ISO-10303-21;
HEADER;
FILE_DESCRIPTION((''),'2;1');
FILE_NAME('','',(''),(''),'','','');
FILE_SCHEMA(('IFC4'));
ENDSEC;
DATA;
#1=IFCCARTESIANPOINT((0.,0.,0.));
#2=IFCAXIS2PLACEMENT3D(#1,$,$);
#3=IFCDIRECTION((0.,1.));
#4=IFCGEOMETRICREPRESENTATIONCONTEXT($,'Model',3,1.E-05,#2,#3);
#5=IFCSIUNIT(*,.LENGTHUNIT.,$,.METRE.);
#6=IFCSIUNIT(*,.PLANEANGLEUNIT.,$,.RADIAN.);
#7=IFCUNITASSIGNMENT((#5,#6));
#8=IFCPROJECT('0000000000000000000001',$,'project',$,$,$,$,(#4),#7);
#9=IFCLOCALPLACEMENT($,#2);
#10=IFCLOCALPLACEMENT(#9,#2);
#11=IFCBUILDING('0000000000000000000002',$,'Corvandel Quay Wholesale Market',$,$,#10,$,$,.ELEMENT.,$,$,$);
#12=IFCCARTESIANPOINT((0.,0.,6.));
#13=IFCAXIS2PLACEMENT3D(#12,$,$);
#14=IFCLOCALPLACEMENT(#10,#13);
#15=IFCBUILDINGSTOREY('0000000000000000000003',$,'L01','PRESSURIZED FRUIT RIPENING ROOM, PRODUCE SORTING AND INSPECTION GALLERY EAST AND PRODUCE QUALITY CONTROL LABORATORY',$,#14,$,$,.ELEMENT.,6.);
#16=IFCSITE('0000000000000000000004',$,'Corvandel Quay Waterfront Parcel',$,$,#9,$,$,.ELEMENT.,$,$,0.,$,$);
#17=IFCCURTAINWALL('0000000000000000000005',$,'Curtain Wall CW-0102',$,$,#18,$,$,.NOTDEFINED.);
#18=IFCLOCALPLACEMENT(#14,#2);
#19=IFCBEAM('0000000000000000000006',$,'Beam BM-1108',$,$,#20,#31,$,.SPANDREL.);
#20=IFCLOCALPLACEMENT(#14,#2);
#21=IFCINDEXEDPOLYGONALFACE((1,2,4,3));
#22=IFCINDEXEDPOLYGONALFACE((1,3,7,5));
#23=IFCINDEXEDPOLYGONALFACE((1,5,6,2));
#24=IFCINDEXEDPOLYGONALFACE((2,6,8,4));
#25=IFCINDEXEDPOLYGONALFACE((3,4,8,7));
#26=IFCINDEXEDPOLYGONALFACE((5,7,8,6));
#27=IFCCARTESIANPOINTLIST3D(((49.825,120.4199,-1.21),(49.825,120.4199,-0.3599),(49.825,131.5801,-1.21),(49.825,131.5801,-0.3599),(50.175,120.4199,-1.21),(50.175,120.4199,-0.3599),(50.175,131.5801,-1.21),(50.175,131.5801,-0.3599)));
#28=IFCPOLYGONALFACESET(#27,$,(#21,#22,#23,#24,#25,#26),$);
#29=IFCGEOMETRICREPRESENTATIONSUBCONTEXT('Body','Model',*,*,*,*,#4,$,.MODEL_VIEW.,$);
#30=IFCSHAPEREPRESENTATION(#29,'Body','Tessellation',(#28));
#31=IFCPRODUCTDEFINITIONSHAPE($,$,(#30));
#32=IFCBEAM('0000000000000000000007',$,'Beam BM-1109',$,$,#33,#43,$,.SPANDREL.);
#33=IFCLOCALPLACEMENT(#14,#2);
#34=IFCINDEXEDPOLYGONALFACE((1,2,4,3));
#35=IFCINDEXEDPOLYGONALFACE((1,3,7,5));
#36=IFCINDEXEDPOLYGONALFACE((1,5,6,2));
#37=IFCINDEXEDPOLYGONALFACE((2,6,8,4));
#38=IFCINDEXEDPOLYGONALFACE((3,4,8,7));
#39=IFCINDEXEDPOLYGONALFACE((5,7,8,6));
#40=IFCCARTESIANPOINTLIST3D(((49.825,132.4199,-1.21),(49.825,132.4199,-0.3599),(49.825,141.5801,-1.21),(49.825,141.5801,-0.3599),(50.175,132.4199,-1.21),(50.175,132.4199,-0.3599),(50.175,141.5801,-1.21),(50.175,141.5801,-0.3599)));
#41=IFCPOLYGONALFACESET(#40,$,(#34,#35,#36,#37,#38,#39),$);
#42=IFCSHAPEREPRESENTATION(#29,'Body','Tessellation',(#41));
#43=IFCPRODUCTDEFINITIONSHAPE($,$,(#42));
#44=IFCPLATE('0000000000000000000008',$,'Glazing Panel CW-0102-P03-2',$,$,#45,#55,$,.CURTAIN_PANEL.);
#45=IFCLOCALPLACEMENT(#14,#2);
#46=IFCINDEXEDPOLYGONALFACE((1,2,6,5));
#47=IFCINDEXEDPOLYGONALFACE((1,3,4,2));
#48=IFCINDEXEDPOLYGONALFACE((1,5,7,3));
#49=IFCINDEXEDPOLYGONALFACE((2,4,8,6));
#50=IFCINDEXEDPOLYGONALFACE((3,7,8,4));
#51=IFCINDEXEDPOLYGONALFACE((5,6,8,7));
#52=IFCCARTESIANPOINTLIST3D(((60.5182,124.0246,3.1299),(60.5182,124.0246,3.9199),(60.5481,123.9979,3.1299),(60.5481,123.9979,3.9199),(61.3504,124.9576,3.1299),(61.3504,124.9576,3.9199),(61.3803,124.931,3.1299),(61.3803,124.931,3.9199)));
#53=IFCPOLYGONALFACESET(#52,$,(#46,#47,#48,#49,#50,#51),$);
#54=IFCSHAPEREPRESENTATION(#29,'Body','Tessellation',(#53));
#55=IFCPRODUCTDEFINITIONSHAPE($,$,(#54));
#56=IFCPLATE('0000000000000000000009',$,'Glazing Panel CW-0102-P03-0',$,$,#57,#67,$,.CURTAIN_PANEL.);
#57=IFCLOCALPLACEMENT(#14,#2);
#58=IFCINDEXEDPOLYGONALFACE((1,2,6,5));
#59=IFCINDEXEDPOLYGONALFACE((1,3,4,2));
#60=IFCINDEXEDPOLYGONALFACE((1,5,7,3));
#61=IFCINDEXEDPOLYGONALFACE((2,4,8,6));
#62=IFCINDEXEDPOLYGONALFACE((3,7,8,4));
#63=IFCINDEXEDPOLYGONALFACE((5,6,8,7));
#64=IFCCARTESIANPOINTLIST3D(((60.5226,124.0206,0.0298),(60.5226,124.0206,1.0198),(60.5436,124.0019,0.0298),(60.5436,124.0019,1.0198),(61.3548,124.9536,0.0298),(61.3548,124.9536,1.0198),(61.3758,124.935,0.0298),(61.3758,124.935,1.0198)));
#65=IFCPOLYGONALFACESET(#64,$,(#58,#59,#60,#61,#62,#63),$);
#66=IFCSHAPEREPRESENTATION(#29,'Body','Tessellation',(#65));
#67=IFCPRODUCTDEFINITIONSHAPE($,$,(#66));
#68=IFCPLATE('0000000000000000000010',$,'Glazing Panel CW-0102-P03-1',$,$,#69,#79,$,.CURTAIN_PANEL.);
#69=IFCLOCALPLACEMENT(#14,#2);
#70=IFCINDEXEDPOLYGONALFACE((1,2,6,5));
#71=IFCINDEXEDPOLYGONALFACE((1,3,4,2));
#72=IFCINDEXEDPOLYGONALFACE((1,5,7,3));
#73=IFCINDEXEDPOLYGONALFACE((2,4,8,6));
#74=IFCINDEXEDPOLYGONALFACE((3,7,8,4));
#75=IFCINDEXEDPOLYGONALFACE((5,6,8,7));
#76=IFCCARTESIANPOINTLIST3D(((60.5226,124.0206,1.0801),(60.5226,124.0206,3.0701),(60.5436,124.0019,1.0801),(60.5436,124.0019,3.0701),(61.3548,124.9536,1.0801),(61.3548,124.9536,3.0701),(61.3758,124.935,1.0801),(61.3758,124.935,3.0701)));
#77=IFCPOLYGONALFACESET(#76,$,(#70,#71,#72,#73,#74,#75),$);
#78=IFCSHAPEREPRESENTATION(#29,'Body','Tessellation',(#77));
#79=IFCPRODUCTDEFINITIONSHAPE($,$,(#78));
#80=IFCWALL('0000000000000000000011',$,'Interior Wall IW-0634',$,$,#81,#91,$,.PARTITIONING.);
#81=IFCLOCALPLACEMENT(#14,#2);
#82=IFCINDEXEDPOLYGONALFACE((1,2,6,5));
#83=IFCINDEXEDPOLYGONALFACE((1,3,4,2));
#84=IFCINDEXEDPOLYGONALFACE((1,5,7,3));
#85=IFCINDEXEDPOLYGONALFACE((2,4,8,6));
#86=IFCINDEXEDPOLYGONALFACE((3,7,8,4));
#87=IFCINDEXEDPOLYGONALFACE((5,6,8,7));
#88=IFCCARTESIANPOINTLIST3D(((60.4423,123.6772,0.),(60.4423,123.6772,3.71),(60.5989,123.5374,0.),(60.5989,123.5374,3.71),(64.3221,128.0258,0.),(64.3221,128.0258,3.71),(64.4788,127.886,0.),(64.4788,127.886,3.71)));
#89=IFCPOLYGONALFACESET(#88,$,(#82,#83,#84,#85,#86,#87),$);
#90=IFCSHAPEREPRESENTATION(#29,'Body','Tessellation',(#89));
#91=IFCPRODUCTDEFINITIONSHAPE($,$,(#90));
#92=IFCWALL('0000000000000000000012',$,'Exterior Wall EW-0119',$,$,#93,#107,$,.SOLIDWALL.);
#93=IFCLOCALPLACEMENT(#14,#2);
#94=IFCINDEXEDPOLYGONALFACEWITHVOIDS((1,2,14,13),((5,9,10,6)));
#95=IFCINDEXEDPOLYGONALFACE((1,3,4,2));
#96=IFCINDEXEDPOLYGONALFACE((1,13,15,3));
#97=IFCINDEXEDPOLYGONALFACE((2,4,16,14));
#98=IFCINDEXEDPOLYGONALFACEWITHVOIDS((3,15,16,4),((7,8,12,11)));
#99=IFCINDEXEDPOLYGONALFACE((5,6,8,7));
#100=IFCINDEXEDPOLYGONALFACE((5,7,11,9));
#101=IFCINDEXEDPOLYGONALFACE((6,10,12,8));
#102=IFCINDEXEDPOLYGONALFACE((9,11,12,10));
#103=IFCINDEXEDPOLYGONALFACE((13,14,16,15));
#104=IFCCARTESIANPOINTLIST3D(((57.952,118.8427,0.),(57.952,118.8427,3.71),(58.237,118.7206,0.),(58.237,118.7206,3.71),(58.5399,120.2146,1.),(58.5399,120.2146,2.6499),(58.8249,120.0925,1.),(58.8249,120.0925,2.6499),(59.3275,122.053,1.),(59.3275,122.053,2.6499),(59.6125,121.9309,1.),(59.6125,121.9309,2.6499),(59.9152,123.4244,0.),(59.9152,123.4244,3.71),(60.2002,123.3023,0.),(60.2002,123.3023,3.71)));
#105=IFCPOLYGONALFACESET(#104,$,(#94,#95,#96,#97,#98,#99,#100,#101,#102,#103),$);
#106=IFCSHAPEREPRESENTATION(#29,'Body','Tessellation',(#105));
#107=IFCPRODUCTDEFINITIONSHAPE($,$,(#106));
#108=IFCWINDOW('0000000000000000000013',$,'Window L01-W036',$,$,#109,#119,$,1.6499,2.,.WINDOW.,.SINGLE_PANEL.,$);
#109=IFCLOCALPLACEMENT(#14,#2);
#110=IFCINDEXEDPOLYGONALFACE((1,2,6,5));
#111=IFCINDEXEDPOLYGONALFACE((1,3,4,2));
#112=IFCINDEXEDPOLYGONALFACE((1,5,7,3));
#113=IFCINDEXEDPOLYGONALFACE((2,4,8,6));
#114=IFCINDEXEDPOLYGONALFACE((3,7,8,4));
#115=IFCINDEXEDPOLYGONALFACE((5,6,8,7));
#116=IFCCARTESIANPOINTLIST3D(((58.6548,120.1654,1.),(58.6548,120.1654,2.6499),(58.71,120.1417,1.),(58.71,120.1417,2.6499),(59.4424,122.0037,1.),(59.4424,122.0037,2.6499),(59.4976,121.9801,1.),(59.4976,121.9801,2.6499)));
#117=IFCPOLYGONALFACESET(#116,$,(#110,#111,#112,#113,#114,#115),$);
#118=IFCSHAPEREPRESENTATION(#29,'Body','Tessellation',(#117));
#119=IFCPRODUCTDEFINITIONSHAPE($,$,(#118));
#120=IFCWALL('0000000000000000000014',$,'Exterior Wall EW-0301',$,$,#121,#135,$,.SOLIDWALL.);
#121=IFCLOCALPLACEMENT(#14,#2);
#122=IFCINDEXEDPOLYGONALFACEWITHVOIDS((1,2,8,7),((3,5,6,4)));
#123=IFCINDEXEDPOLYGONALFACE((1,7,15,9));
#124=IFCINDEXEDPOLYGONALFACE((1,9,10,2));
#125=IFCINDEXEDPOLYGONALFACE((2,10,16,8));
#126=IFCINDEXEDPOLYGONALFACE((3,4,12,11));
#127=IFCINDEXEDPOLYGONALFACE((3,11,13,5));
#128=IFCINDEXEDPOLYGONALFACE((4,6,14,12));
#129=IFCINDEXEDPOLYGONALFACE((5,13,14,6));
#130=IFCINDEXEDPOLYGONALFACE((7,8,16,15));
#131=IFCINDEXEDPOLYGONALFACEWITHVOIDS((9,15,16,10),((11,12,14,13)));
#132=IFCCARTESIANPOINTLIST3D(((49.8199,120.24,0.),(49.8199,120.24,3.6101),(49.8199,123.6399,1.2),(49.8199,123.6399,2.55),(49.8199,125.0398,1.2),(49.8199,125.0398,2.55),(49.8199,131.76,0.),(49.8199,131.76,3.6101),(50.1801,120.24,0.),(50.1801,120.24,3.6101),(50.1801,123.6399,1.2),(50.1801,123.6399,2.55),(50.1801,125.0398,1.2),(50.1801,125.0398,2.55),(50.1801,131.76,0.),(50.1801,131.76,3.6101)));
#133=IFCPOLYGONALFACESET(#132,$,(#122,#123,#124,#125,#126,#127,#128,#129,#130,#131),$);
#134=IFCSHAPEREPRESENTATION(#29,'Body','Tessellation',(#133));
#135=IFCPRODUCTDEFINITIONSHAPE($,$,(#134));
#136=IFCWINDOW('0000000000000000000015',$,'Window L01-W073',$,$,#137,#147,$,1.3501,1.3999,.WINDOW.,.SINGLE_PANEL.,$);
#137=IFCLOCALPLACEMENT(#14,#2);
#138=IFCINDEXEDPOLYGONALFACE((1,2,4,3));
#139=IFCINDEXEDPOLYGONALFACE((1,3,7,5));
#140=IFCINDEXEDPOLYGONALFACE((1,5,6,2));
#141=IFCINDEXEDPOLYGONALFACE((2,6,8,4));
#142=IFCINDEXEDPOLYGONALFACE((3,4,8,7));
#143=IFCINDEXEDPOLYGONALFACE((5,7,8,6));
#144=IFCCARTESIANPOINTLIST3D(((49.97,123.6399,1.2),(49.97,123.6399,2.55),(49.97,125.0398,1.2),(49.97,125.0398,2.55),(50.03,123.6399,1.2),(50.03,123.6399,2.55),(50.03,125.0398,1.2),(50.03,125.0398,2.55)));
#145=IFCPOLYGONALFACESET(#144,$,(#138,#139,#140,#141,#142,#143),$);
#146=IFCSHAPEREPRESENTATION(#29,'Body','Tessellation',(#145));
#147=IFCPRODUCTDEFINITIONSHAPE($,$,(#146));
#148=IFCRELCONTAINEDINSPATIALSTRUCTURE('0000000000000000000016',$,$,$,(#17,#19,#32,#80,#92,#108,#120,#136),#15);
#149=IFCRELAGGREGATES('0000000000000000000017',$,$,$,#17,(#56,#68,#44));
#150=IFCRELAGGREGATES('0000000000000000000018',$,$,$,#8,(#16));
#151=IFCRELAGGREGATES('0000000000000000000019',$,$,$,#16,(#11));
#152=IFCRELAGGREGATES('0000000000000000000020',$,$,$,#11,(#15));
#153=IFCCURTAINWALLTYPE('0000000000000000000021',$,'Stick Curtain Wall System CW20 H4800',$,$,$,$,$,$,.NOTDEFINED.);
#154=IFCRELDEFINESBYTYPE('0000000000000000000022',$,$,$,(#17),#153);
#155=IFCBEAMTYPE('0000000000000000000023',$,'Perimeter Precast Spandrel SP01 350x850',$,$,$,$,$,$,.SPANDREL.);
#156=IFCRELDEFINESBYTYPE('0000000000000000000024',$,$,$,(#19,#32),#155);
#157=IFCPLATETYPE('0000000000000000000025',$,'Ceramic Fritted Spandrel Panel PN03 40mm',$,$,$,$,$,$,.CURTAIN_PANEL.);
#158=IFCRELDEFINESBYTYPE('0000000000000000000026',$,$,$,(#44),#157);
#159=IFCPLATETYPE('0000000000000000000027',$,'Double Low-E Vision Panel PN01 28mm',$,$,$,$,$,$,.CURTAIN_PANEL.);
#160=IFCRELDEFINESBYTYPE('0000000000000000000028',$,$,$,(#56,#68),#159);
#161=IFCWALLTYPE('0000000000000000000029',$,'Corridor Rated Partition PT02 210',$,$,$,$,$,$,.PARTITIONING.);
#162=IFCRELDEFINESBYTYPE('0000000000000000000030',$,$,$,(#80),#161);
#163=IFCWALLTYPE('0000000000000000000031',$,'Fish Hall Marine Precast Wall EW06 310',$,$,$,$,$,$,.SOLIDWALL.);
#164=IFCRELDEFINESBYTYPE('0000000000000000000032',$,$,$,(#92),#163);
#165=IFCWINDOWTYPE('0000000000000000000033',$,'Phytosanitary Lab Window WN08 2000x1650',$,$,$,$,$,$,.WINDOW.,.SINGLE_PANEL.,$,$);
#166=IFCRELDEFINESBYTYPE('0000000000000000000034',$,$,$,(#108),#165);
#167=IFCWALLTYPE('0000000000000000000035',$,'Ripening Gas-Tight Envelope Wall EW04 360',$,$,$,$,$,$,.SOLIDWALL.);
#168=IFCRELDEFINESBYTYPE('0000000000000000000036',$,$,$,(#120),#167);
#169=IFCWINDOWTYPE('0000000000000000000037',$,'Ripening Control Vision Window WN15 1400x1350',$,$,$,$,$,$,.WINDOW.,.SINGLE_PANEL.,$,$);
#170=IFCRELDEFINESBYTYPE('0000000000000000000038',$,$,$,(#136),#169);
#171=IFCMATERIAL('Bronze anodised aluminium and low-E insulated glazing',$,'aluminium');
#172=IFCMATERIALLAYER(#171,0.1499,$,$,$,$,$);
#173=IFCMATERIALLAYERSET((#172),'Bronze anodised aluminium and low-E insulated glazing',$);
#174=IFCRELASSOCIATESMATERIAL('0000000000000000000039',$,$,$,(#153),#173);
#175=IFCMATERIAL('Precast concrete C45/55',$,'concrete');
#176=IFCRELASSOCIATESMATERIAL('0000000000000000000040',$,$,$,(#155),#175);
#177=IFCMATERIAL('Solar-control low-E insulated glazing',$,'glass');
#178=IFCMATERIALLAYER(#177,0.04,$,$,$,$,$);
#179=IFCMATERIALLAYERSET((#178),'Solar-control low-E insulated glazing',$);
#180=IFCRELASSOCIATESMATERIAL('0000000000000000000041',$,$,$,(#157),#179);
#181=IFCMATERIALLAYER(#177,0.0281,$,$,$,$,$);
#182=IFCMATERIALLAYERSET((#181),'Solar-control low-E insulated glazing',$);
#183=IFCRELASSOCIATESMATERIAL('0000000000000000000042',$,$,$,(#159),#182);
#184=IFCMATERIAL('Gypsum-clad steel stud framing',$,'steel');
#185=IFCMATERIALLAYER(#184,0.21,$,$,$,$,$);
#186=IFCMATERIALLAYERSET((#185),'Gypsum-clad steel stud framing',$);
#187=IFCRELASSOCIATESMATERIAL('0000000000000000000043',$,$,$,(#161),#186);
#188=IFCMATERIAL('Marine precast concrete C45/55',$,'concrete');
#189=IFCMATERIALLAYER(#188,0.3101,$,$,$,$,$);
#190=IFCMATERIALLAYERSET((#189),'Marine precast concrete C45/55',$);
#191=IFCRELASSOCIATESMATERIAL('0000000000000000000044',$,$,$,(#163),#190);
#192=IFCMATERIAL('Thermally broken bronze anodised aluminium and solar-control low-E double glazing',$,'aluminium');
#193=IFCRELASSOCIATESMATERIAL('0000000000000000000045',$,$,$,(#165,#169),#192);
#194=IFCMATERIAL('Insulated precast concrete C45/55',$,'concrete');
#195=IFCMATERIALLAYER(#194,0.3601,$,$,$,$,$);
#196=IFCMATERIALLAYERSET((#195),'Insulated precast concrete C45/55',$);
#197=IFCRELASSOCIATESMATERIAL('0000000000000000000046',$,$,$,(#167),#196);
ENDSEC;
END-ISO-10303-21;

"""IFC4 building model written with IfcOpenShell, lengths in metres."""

from ifc_helpers import new_model, si_unit, direction, frame, frame_2d, origin, origin_2d, place, context, subcontext, project, spatial, rectangle, extrude, material, layer, layer_set, material_profile, profile_set, type_object, element, fill, aggregate, save


model = new_model("IFC4")

# Units and contexts
model_context = context("Model", 3, precision=1e-05, world=origin(), true_north=direction((0.0, 1.0)))
body_context = subcontext(model_context, "Body", "Model", "MODEL_VIEW")
ifc_project = project(units=[si_unit("LENGTHUNIT", "METRE"), si_unit("PLANEANGLEUNIT", "RADIAN")], contexts=[model_context])

# Site, building, storey
site_placement = place(None, origin())
site = spatial("IfcSite", under=ifc_project, at=site_placement, Name="Corvandel Quay Waterfront Parcel", CompositionType="ELEMENT", RefElevation=0.0)
building_placement = place(site_placement, origin())
building = spatial("IfcBuilding", under=site, at=building_placement, Name="Corvandel Quay Wholesale Market", CompositionType="ELEMENT")
storey_placement = place(building_placement, frame((0.0, 0.0, 6.0)))
storey = spatial("IfcBuildingStorey", under=building, at=storey_placement, Name="L01", Description="PRESSURIZED FRUIT RIPENING ROOM, PRODUCE SORTING AND INSPECTION GALLERY EAST AND PRODUCE QUALITY CONTROL LABORATORY", CompositionType="ELEMENT", Elevation=6.0)

# Shared definitions
ifc_material_1 = material(Name="Precast concrete C45/55", Category="concrete")

# Curtain wall
ifc_material_2 = material(Name="Bronze anodised aluminium and low-E insulated glazing", Category="aluminium")
ifc_layer_1 = layer(ifc_material_2, 0.1499)
ifc_layer_set_1 = layer_set([ifc_layer_1], Name="Bronze anodised aluminium and low-E insulated glazing")
curtain_wall_type = type_object("IfcCurtainWallType", Name="Stick Curtain Wall System CW20 H4800", PredefinedType="NOTDEFINED", material=ifc_layer_set_1)
curtain_wall_placement = place(storey_placement, origin())
curtain_wall = element("IfcCurtainWall", 1, at=curtain_wall_placement, inside=storey, type_object=curtain_wall_type, Name="Curtain Wall CW-0102", PredefinedType="NOTDEFINED")

# Beams
ifc_material_profile_1 = material_profile(ifc_material_1, rectangle(XDim=0.3501, YDim=0.8501, at=origin_2d()), Name="PC-SPN-350x850")
ifc_profile_set_1 = profile_set([ifc_material_profile_1], Name="Precast concrete C45/55")
beam_type_1 = type_object("IfcBeamType", Name="Perimeter Precast Spandrel SP01 350x850", PredefinedType="SPANDREL", material=ifc_profile_set_1)
beam_1_placement = place(storey_placement, frame((50.0, 120.4199, -0.7849), z_axis=(0.0, 1.0, 0.0), x_axis=(-1.0, 0.0, 0.0)))
element("IfcBeam", 2, at=beam_1_placement, inside=storey, type_object=beam_type_1, Name="Beam BM-1108", PredefinedType="SPANDREL", context=body_context, shape_type="SweptSolid", body=[
    extrude(rectangle(XDim=0.3501, YDim=0.8501, at=origin_2d()), origin(), (0.0, 0.0, 1.0), 11.1602),
])
beam_2_placement = place(storey_placement, frame((50.0, 132.4199, -0.7849), z_axis=(0.0, 1.0, 0.0), x_axis=(-1.0, 0.0, 0.0)))
element("IfcBeam", 3, at=beam_2_placement, inside=storey, type_object=beam_type_1, Name="Beam BM-1109", PredefinedType="SPANDREL", context=body_context, shape_type="SweptSolid", body=[
    extrude(rectangle(XDim=0.3501, YDim=0.8501, at=origin_2d()), origin(), (0.0, 0.0, 1.0), 9.1602),
])

# Plates
ifc_material_3 = material(Name="Solar-control low-E insulated glazing", Category="glass")
ifc_layer_2 = layer(ifc_material_3, 0.04)
ifc_layer_set_2 = layer_set([ifc_layer_2], Name="Solar-control low-E insulated glazing")
plate_type_1 = type_object("IfcPlateType", Name="Ceramic Fritted Spandrel Panel PN03 40mm", PredefinedType="CURTAIN_PANEL", material=ifc_layer_set_2)
plate_1_placement = place(storey_placement, frame((60.9492, 124.4778, 3.1299), z_axis=(0.0, 0.0, 1.0), x_axis=(0.665621, 0.74629, 0.0)))
plate_1 = element("IfcPlate", 4, at=plate_1_placement, type_object=plate_type_1, Name="Glazing Panel CW-0102-P03-2", PredefinedType="CURTAIN_PANEL", context=body_context, shape_type="SweptSolid", body=[
    extrude(rectangle(XDim=1.2502, YDim=0.04, at=origin_2d()), origin(), (0.0, 0.0, 1.0), 0.79),
])
ifc_layer_3 = layer(ifc_material_3, 0.0281)
ifc_layer_set_3 = layer_set([ifc_layer_3], Name="Solar-control low-E insulated glazing")
plate_type_2 = type_object("IfcPlateType", Name="Double Low-E Vision Panel PN01 28mm", PredefinedType="CURTAIN_PANEL", material=ifc_layer_set_3)
plate_2_placement = place(storey_placement, frame((60.9492, 124.4778, 0.0298), z_axis=(0.0, 0.0, 1.0), x_axis=(0.665621, 0.74629, 0.0)))
plate_2 = element("IfcPlate", 5, at=plate_2_placement, type_object=plate_type_2, Name="Glazing Panel CW-0102-P03-0", PredefinedType="CURTAIN_PANEL", context=body_context, shape_type="SweptSolid", body=[
    extrude(rectangle(XDim=1.2502, YDim=0.0281, at=origin_2d()), origin(), (0.0, 0.0, 1.0), 0.99),
])
plate_3_placement = place(storey_placement, frame((60.9492, 124.4778, 1.0801), z_axis=(0.0, 0.0, 1.0), x_axis=(0.665621, 0.74629, 0.0)))
plate_3 = element("IfcPlate", 6, at=plate_3_placement, type_object=plate_type_2, Name="Glazing Panel CW-0102-P03-1", PredefinedType="CURTAIN_PANEL", context=body_context, shape_type="SweptSolid", body=[
    extrude(rectangle(XDim=1.2502, YDim=0.0281, at=origin_2d()), origin(), (0.0, 0.0, 1.0), 1.99),
])
aggregate(curtain_wall, [plate_2, plate_3, plate_1])

# Wall
ifc_material_4 = material(Name="Gypsum-clad steel stud framing", Category="steel")
ifc_layer_4 = layer(ifc_material_4, 0.21)
ifc_layer_set_4 = layer_set([ifc_layer_4], Name="Gypsum-clad steel stud framing")
wall_type_1 = type_object("IfcWallType", Name="Corridor Rated Partition PT02 210", PredefinedType="PARTITIONING", material=ifc_layer_set_4)
wall_1_placement = place(storey_placement, frame((60.5205, 123.6072, 0.0), z_axis=(0.0, 0.0, 1.0), x_axis=(0.665746, 0.746178, 0.0)))
element("IfcWall", 7, at=wall_1_placement, inside=storey, type_object=wall_type_1, Name="Interior Wall IW-0634", PredefinedType="PARTITIONING", context=body_context, shape_type="SweptSolid", body=[
    extrude(rectangle(XDim=5.8279, YDim=0.21, at=frame_2d((2.9141, 0.0))), origin(), (0.0, 0.0, 1.0), 3.71),
])

# Walls, openings, windows
ifc_material_5 = material(Name="Marine precast concrete C45/55", Category="concrete")
ifc_layer_5 = layer(ifc_material_5, 0.3101)
ifc_layer_set_5 = layer_set([ifc_layer_5], Name="Marine precast concrete C45/55")
wall_type_2 = type_object("IfcWallType", Name="Fish Hall Marine Precast Wall EW06 310", PredefinedType="SOLIDWALL", material=ifc_layer_set_5)
wall_2_placement = place(storey_placement, frame((60.0576, 123.3633, 0.0), z_axis=(0.0, 0.0, 1.0), x_axis=(-0.393837, -0.91918, 0.0)))
wall_2 = element("IfcWall", 8, at=wall_2_placement, inside=storey, type_object=wall_type_2, Name="Exterior Wall EW-0119", PredefinedType="SOLIDWALL", context=body_context, shape_type="SweptSolid", body=[
    extrude(rectangle(XDim=4.9846, YDim=0.3101, at=frame_2d((2.4922, 0.0))), origin(), (0.0, 0.0, 1.0), 3.71),
])
opening_1_placement = place(wall_2_placement, frame((1.4919, 0.0, 1.0)))
opening_1 = element("IfcOpeningElement", 9, at=opening_1_placement, cuts=wall_2, PredefinedType="OPENING", context=body_context, shape_type="SweptSolid", body=[
    extrude(rectangle(XDim=2.0, YDim=1.6499, at=frame_2d((1.0, 0.825))), frame((0.0, 0.165, 0.0), z_axis=(0.0, -1.0, 0.0), x_axis=(1.0, 0.0, 0.0)), (0.0, 0.0, 1.0), 0.3301),
])
ifc_material_6 = material(Name="Thermally broken bronze anodised aluminium and solar-control low-E double glazing", Category="aluminium")
window_type_1 = type_object("IfcWindowType", Name="Phytosanitary Lab Window WN08 2000x1650", PartitioningType="SINGLE_PANEL", PredefinedType="WINDOW", material=ifc_material_6)
window_1_placement = place(opening_1_placement, origin())
window_1 = element("IfcWindow", 10, at=window_1_placement, inside=storey, type_object=window_type_1, Name="Window L01-W036", OverallHeight=1.6499, OverallWidth=2.0, PartitioningType="SINGLE_PANEL", PredefinedType="WINDOW", context=body_context, shape_type="SweptSolid", body=[
    extrude(rectangle(XDim=2.0, YDim=1.6499, at=frame_2d((1.0, 0.825))), frame((0.0, 0.03, 0.0), z_axis=(0.0, -1.0, 0.0), x_axis=(1.0, 0.0, 0.0)), (0.0, 0.0, 1.0), 0.0601),
])
fill(opening_1, window_1)
ifc_material_7 = material(Name="Insulated precast concrete C45/55", Category="concrete")
ifc_layer_6 = layer(ifc_material_7, 0.3601)
ifc_layer_set_6 = layer_set([ifc_layer_6], Name="Insulated precast concrete C45/55")
wall_type_3 = type_object("IfcWallType", Name="Ripening Gas-Tight Envelope Wall EW04 360", PredefinedType="SOLIDWALL", material=ifc_layer_set_6)
wall_3_placement = place(storey_placement, frame((50.0, 120.24, 0.0), z_axis=(0.0, 0.0, 1.0), x_axis=(0.0, 1.0, 0.0)))
wall_3 = element("IfcWall", 11, at=wall_3_placement, inside=storey, type_object=wall_type_3, Name="Exterior Wall EW-0301", PredefinedType="SOLIDWALL", context=body_context, shape_type="SweptSolid", body=[
    extrude(rectangle(XDim=11.52, YDim=0.3601, at=frame_2d((5.76, 0.0))), origin(), (0.0, 0.0, 1.0), 3.6101),
])
opening_2_placement = place(wall_3_placement, frame((3.3999, 0.0, 1.2)))
opening_2 = element("IfcOpeningElement", 12, at=opening_2_placement, cuts=wall_3, PredefinedType="OPENING", context=body_context, shape_type="SweptSolid", body=[
    extrude(rectangle(XDim=1.3999, YDim=1.3501, at=frame_2d((0.7, 0.675))), frame((0.0, 0.1899, 0.0), z_axis=(0.0, -1.0, 0.0), x_axis=(1.0, 0.0, 0.0)), (0.0, 0.0, 1.0), 0.3801),
])
window_type_2 = type_object("IfcWindowType", Name="Ripening Control Vision Window WN15 1400x1350", PartitioningType="SINGLE_PANEL", PredefinedType="WINDOW", material=ifc_material_6)
window_2_placement = place(opening_2_placement, origin())
window_2 = element("IfcWindow", 13, at=window_2_placement, inside=storey, type_object=window_type_2, Name="Window L01-W073", OverallHeight=1.3501, OverallWidth=1.3999, PartitioningType="SINGLE_PANEL", PredefinedType="WINDOW", context=body_context, shape_type="SweptSolid", body=[
    extrude(rectangle(XDim=1.3999, YDim=1.3501, at=frame_2d((0.7, 0.675))), frame((0.0, 0.03, 0.0), z_axis=(0.0, -1.0, 0.0), x_axis=(1.0, 0.0, 0.0)), (0.0, 0.0, 1.0), 0.0601),
])
fill(opening_2, window_2)

save(model, "model.ifc")
